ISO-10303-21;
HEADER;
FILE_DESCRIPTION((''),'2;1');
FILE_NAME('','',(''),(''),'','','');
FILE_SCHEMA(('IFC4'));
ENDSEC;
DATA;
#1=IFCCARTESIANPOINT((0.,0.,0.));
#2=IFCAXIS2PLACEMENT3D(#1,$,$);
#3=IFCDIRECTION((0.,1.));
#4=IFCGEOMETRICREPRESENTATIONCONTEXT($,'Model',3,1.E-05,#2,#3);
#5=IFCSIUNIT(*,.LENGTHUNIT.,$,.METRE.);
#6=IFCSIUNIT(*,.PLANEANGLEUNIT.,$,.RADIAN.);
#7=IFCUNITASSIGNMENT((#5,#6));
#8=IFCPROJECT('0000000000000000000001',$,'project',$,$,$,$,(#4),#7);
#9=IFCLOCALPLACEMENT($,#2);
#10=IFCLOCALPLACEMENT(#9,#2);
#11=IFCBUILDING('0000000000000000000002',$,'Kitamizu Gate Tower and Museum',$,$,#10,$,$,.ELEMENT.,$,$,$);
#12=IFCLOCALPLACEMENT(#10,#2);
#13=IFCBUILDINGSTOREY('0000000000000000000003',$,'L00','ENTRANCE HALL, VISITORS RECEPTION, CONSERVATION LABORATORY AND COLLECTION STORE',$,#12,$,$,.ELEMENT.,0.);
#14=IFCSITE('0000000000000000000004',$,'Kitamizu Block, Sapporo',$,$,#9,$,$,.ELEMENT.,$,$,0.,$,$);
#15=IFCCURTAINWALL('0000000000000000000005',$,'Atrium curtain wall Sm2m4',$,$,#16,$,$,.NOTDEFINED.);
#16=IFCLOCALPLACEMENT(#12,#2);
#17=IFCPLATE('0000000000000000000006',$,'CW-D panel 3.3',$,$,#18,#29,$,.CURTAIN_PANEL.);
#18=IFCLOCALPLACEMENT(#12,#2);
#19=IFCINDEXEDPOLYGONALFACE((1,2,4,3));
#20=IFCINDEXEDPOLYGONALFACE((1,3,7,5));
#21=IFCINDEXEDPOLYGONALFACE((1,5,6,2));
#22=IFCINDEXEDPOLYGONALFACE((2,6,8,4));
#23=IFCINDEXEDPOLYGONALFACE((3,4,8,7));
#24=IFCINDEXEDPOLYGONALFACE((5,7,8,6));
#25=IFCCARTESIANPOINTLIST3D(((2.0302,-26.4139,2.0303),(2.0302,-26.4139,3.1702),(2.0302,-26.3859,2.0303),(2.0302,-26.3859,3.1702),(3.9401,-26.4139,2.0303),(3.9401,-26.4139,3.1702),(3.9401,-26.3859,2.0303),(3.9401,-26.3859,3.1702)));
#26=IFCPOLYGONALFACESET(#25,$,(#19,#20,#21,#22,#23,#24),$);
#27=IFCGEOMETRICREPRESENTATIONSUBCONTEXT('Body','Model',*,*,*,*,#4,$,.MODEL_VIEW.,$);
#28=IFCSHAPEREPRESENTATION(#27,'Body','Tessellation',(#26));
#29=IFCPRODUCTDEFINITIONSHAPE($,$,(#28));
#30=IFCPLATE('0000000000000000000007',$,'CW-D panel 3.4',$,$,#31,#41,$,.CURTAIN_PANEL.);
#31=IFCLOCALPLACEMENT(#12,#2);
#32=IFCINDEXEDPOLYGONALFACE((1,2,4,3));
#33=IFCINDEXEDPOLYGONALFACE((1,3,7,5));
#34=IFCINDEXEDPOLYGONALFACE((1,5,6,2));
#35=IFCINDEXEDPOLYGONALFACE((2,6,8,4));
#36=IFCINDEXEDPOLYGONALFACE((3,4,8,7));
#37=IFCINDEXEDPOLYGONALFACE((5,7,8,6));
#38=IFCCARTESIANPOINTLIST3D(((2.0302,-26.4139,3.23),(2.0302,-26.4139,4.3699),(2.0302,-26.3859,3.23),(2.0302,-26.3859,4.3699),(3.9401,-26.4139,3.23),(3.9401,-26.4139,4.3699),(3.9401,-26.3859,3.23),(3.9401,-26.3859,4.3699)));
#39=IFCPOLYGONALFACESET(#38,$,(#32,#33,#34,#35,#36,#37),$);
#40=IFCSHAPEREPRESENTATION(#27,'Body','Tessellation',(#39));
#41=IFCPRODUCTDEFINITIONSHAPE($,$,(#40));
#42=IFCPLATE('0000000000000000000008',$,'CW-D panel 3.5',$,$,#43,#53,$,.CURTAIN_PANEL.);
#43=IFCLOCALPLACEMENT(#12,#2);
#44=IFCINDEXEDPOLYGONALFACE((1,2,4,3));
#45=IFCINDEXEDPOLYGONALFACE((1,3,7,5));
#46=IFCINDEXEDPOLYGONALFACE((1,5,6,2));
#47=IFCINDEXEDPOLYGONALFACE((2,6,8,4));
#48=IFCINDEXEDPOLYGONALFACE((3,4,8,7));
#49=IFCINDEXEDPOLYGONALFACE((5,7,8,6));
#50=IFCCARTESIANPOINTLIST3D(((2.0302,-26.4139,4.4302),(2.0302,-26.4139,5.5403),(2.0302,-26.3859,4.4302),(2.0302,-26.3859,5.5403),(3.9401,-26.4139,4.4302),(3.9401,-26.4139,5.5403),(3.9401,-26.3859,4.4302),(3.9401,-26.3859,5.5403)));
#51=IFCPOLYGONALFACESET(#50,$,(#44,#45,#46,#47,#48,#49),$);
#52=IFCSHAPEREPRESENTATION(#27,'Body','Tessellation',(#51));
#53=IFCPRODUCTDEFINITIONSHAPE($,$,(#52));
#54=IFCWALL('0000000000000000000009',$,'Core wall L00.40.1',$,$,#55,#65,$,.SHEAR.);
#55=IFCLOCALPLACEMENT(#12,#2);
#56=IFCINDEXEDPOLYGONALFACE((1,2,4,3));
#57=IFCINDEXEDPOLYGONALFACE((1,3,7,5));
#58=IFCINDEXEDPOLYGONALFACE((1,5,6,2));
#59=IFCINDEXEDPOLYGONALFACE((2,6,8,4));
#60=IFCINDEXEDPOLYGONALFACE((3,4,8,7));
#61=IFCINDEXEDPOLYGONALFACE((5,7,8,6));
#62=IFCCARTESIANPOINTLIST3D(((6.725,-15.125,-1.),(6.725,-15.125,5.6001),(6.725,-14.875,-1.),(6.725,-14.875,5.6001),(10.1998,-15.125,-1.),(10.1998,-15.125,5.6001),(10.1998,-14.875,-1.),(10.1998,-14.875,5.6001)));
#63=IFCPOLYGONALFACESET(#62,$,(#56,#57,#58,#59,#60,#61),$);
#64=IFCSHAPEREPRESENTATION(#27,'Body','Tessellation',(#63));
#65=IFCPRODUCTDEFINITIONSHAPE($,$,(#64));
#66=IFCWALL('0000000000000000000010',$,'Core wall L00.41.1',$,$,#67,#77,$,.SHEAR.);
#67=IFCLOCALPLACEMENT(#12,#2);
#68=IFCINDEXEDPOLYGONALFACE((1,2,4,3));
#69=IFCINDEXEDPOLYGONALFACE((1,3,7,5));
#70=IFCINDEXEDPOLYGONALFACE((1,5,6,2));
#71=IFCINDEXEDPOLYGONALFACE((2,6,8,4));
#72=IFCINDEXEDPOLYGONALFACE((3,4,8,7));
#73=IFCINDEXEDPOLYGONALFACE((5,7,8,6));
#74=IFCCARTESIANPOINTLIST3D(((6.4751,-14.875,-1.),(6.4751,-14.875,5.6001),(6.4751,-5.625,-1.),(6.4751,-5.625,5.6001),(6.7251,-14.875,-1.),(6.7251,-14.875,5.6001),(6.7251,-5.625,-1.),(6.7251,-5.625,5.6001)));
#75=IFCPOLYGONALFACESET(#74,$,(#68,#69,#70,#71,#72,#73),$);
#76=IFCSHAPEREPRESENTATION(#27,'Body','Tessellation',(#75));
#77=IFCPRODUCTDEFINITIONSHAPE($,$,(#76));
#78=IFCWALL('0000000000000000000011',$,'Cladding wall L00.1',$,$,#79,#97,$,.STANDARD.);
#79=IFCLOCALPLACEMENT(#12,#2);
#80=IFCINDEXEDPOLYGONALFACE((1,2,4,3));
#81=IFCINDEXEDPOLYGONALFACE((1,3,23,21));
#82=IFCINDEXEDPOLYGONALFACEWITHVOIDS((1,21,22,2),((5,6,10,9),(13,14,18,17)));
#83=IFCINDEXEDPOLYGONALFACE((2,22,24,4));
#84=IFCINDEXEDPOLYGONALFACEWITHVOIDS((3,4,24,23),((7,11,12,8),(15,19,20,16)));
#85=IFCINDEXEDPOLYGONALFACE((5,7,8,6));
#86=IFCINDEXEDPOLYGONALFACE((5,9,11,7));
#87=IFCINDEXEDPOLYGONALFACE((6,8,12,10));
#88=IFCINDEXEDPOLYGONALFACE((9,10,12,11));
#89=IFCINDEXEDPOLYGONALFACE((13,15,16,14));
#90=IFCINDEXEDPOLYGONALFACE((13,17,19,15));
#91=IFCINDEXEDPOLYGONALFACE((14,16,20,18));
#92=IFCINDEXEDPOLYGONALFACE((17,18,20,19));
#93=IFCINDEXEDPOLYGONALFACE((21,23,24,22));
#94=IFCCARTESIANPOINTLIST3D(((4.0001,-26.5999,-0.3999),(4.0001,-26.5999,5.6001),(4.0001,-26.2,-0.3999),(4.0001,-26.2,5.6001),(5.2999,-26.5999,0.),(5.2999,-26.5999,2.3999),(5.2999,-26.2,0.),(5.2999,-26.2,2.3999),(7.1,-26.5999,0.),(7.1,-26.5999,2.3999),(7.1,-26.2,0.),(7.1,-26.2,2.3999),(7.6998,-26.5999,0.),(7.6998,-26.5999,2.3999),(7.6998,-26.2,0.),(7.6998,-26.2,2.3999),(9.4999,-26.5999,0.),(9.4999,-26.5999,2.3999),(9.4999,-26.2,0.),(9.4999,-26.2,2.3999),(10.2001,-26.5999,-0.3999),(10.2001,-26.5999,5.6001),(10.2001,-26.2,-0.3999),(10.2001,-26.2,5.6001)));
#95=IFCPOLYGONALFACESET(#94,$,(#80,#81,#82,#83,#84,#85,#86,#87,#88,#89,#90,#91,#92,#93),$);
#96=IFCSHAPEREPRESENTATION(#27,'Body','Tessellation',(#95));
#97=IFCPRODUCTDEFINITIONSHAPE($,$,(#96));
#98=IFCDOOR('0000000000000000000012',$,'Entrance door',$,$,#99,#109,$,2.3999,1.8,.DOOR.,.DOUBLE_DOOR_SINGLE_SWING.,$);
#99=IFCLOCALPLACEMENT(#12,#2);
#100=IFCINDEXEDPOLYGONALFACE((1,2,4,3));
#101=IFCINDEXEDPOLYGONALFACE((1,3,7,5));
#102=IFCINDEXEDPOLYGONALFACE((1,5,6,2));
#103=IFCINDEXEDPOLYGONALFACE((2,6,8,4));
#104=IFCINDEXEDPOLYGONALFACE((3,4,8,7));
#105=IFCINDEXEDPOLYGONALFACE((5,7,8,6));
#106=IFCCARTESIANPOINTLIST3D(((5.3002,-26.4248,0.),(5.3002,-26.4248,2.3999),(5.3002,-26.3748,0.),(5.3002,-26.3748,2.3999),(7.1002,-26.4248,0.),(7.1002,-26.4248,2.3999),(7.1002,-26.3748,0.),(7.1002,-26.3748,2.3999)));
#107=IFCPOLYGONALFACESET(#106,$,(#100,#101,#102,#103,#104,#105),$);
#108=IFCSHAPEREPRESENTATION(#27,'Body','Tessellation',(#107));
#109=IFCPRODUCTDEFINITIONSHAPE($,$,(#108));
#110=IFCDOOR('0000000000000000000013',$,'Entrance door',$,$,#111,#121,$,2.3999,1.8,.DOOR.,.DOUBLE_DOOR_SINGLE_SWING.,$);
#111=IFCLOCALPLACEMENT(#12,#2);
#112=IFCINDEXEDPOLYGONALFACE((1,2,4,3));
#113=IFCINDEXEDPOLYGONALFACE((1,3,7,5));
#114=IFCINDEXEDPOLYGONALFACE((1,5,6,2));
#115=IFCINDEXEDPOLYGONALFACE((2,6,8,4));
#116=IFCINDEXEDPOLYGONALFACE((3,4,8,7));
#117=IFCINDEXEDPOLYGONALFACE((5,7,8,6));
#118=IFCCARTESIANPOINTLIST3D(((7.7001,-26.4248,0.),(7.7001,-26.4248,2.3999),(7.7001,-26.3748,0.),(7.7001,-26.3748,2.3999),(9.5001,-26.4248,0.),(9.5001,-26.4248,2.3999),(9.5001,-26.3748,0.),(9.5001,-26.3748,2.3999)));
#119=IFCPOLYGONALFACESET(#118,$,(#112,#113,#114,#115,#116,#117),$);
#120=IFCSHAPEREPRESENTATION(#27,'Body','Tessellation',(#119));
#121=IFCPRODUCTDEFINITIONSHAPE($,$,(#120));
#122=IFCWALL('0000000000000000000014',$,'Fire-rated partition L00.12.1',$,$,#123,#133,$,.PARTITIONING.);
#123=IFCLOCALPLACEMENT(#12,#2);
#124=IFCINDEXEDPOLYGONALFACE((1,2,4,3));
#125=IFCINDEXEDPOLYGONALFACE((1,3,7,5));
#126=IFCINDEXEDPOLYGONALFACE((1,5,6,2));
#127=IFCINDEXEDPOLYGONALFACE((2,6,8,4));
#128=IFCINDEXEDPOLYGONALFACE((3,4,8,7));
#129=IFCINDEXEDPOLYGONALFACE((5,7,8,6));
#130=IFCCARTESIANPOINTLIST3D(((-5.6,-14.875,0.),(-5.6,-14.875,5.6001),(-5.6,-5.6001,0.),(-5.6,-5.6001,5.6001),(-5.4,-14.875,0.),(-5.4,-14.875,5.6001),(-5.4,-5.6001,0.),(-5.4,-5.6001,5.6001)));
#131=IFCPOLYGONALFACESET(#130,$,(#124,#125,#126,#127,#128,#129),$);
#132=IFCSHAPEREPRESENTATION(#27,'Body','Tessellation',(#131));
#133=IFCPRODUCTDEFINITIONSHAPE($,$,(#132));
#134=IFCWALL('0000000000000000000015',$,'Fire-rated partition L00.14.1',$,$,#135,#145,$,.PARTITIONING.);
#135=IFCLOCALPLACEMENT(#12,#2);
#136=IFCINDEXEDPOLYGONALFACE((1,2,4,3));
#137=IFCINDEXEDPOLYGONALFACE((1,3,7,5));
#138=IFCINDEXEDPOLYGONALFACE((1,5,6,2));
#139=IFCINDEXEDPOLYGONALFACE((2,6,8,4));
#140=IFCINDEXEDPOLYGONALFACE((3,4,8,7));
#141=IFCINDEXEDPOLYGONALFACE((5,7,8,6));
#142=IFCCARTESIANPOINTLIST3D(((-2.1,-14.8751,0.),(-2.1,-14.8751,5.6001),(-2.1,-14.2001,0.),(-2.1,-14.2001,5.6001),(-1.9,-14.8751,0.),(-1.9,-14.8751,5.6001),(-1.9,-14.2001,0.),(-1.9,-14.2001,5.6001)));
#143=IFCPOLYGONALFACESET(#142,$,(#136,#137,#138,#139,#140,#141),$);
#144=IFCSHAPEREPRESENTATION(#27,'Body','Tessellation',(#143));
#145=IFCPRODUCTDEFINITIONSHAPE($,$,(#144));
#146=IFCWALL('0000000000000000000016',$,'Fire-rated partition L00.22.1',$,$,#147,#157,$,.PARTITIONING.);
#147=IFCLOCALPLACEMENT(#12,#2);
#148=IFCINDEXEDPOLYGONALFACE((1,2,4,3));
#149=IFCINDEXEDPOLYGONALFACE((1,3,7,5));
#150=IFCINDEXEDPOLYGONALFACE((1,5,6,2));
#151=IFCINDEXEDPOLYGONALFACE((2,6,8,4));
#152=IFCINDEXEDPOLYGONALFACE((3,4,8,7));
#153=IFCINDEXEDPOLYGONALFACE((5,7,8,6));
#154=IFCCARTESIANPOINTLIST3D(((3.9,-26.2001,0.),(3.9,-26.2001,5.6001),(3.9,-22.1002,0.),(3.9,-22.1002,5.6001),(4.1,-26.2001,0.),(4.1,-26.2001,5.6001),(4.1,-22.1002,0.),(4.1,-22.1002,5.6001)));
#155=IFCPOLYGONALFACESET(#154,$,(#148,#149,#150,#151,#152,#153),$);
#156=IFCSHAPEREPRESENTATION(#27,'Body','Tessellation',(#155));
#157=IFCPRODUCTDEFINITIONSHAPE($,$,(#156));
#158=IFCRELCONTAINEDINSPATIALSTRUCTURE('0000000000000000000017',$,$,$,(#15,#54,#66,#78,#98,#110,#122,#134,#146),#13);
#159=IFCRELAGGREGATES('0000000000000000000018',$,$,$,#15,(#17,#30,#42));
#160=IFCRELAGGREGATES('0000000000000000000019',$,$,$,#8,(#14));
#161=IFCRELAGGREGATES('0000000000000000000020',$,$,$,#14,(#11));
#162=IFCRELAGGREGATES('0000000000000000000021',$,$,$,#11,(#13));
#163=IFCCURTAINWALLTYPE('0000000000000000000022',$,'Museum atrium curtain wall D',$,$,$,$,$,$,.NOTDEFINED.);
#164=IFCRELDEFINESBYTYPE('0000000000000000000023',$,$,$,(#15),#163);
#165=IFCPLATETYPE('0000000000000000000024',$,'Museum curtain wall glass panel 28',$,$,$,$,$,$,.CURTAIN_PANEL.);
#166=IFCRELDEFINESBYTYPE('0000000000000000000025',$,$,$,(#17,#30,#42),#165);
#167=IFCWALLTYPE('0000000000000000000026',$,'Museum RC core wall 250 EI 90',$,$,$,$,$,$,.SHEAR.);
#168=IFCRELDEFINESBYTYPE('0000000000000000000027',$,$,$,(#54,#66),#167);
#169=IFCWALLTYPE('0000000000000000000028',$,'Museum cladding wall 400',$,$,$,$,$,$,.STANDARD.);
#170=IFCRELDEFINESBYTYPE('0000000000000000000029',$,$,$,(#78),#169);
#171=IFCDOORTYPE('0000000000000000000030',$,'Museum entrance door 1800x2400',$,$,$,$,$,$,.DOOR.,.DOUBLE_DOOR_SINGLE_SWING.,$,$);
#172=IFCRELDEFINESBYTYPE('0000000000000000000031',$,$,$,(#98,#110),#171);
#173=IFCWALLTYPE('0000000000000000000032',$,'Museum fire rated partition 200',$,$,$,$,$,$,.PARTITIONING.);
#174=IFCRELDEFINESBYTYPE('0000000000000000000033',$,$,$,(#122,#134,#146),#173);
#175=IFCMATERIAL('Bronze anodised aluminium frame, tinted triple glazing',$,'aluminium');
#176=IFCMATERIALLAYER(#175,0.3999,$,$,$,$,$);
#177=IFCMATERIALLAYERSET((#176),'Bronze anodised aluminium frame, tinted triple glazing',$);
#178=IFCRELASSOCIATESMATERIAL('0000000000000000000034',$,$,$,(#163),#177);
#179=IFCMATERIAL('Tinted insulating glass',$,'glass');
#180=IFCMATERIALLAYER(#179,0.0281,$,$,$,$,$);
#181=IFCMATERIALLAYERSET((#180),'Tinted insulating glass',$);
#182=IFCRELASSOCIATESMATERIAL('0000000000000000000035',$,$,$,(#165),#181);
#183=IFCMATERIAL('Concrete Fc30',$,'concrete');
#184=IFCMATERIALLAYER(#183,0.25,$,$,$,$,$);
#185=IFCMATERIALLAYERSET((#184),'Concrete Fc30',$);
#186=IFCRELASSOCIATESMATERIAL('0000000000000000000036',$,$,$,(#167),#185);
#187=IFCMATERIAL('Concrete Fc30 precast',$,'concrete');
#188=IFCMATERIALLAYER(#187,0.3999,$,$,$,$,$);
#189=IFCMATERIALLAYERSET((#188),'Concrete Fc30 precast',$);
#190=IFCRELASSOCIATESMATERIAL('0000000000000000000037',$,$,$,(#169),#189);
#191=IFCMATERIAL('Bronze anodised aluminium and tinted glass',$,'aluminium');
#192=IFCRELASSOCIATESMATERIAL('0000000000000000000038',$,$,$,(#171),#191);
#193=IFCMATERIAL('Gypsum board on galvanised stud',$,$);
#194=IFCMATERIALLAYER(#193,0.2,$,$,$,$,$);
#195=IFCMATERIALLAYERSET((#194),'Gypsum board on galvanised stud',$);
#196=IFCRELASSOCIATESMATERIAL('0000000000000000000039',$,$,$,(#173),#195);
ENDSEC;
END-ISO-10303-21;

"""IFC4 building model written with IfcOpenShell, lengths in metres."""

from ifc_helpers import new_model, si_unit, direction, frame, frame_2d, origin, origin_2d, place, context, subcontext, project, spatial, rectangle, extrude, material, layer, layer_set, type_object, element, fill, aggregate, save


model = new_model("IFC4")

# Units and contexts
model_context = context("Model", 3, precision=1e-05, world=origin(), true_north=direction((0.0, 1.0)))
body_context = subcontext(model_context, "Body", "Model", "MODEL_VIEW")
ifc_project = project(units=[si_unit("LENGTHUNIT", "METRE"), si_unit("PLANEANGLEUNIT", "RADIAN")], contexts=[model_context])

# Site, building, storey
site_placement = place(None, origin())
site = spatial("IfcSite", under=ifc_project, at=site_placement, Name="Kitamizu Block, Sapporo", CompositionType="ELEMENT", RefElevation=0.0)
building_placement = place(site_placement, origin())
building = spatial("IfcBuilding", under=site, at=building_placement, Name="Kitamizu Gate Tower and Museum", CompositionType="ELEMENT")
storey_placement = place(building_placement, origin())
storey = spatial("IfcBuildingStorey", under=building, at=storey_placement, Name="L00", Description="ENTRANCE HALL, VISITORS RECEPTION, CONSERVATION LABORATORY AND COLLECTION STORE", CompositionType="ELEMENT", Elevation=0.0)

# Curtain wall, plates
ifc_material_1 = material(Name="Bronze anodised aluminium frame, tinted triple glazing", Category="aluminium")
ifc_layer_1 = layer(ifc_material_1, 0.3999)
ifc_layer_set_1 = layer_set([ifc_layer_1], Name="Bronze anodised aluminium frame, tinted triple glazing")
curtain_wall_type = type_object("IfcCurtainWallType", Name="Museum atrium curtain wall D", PredefinedType="NOTDEFINED", material=ifc_layer_set_1)
curtain_wall_placement = place(storey_placement, origin())
curtain_wall = element("IfcCurtainWall", 1, at=curtain_wall_placement, inside=storey, type_object=curtain_wall_type, Name="Atrium curtain wall Sm2m4", PredefinedType="NOTDEFINED")
ifc_material_2 = material(Name="Tinted insulating glass", Category="glass")
ifc_layer_2 = layer(ifc_material_2, 0.0281)
ifc_layer_set_2 = layer_set([ifc_layer_2], Name="Tinted insulating glass")
plate_type = type_object("IfcPlateType", Name="Museum curtain wall glass panel 28", PredefinedType="CURTAIN_PANEL", material=ifc_layer_set_2)
plate_1_placement = place(storey_placement, frame((2.9851, -26.3999, 2.0303), z_axis=(0.0, 0.0, 1.0), x_axis=(1.0, 0.0, 0.0)))
plate_1 = element("IfcPlate", 2, at=plate_1_placement, type_object=plate_type, Name="CW-D panel 3.3", PredefinedType="CURTAIN_PANEL", context=body_context, shape_type="SweptSolid", body=[
    extrude(rectangle(XDim=1.9099, YDim=0.0281, at=origin_2d()), origin(), (0.0, 0.0, 1.0), 1.1399),
])
plate_2_placement = place(storey_placement, frame((2.9851, -26.3999, 3.23), z_axis=(0.0, 0.0, 1.0), x_axis=(1.0, 0.0, 0.0)))
plate_2 = element("IfcPlate", 3, at=plate_2_placement, type_object=plate_type, Name="CW-D panel 3.4", PredefinedType="CURTAIN_PANEL", context=body_context, shape_type="SweptSolid", body=[
    extrude(rectangle(XDim=1.9099, YDim=0.0281, at=origin_2d()), origin(), (0.0, 0.0, 1.0), 1.1399),
])
plate_3_placement = place(storey_placement, frame((2.9851, -26.3999, 4.4302), z_axis=(0.0, 0.0, 1.0), x_axis=(1.0, 0.0, 0.0)))
plate_3 = element("IfcPlate", 4, at=plate_3_placement, type_object=plate_type, Name="CW-D panel 3.5", PredefinedType="CURTAIN_PANEL", context=body_context, shape_type="SweptSolid", body=[
    extrude(rectangle(XDim=1.9099, YDim=0.0281, at=origin_2d()), origin(), (0.0, 0.0, 1.0), 1.1101),
])
aggregate(curtain_wall, [plate_1, plate_2, plate_3])

# Walls
ifc_material_3 = material(Name="Concrete Fc30", Category="concrete")
ifc_layer_3 = layer(ifc_material_3, 0.25)
ifc_layer_set_3 = layer_set([ifc_layer_3], Name="Concrete Fc30")
wall_type_1 = type_object("IfcWallType", Name="Museum RC core wall 250 EI 90", PredefinedType="SHEAR", material=ifc_layer_set_3)
wall_1_placement = place(storey_placement, frame((6.7251, -15.0, -1.0), z_axis=(0.0, 0.0, 1.0), x_axis=(1.0, 0.0, 0.0)))
element("IfcWall", 5, at=wall_1_placement, inside=storey, type_object=wall_type_1, Name="Core wall L00.40.1", PredefinedType="SHEAR", context=body_context, shape_type="SweptSolid", body=[
    extrude(rectangle(XDim=3.4749, YDim=0.25, at=frame_2d((1.7373, 0.0))), origin(), (0.0, 0.0, 1.0), 6.6001),
])
wall_2_placement = place(storey_placement, frame((6.6001, -14.875, -1.0), z_axis=(0.0, 0.0, 1.0), x_axis=(0.0, 1.0, 0.0)))
element("IfcWall", 6, at=wall_2_placement, inside=storey, type_object=wall_type_1, Name="Core wall L00.41.1", PredefinedType="SHEAR", context=body_context, shape_type="SweptSolid", body=[
    extrude(rectangle(XDim=9.25, YDim=0.25, at=frame_2d((4.625, 0.0))), origin(), (0.0, 0.0, 1.0), 6.6001),
])

# Wall, openings, doors
ifc_material_4 = material(Name="Concrete Fc30 precast", Category="concrete")
ifc_layer_4 = layer(ifc_material_4, 0.3999)
ifc_layer_set_4 = layer_set([ifc_layer_4], Name="Concrete Fc30 precast")
wall_type_2 = type_object("IfcWallType", Name="Museum cladding wall 400", PredefinedType="STANDARD", material=ifc_layer_set_4)
wall_3_placement = place(storey_placement, frame((4.0, -26.3999, -0.3999), z_axis=(0.0, 0.0, 1.0), x_axis=(1.0, 0.0, 0.0)))
wall_3 = element("IfcWall", 7, at=wall_3_placement, inside=storey, type_object=wall_type_2, Name="Cladding wall L00.1", PredefinedType="STANDARD", context=body_context, shape_type="SweptSolid", body=[
    extrude(rectangle(XDim=6.2, YDim=0.3999, at=frame_2d((3.1001, 0.0))), origin(), (0.0, 0.0, 1.0), 6.0),
])
opening_1_placement = place(wall_3_placement, frame((1.3, 0.0, 0.3999)))
opening_1 = element("IfcOpeningElement", 8, at=opening_1_placement, cuts=wall_3, PredefinedType="OPENING", context=body_context, shape_type="SweptSolid", body=[
    extrude(rectangle(XDim=1.8, YDim=2.3999, at=frame_2d((0.8999, 1.2))), frame((0.0, 0.21, 0.0), z_axis=(0.0, -1.0, 0.0), x_axis=(1.0, 0.0, 0.0)), (0.0, 0.0, 1.0), 0.4199),
])
opening_2_placement = place(wall_3_placement, frame((3.7, 0.0, 0.3999)))
opening_2 = element("IfcOpeningElement", 9, at=opening_2_placement, cuts=wall_3, PredefinedType="OPENING", context=body_context, shape_type="SweptSolid", body=[
    extrude(rectangle(XDim=1.8, YDim=2.3999, at=frame_2d((0.8999, 1.2))), frame((0.0, 0.21, 0.0), z_axis=(0.0, -1.0, 0.0), x_axis=(1.0, 0.0, 0.0)), (0.0, 0.0, 1.0), 0.4199),
])
ifc_material_5 = material(Name="Bronze anodised aluminium and tinted glass", Category="aluminium")
door_type_1 = type_object("IfcDoorType", Name="Museum entrance door 1800x2400", OperationType="DOUBLE_DOOR_SINGLE_SWING", PredefinedType="DOOR", material=ifc_material_5)
door_1_placement = place(opening_1_placement, frame((1.8, 0.0, 0.0), x_axis=(-1.0, 0.0, 0.0)))
door_1 = element("IfcDoor", 10, at=door_1_placement, inside=storey, type_object=door_type_1, Name="Entrance door", OperationType="DOUBLE_DOOR_SINGLE_SWING", OverallHeight=2.3999, OverallWidth=1.8, PredefinedType="DOOR", context=body_context, shape_type="SweptSolid", body=[
    extrude(rectangle(XDim=1.8, YDim=2.3999, at=frame_2d((0.8999, 1.2))), frame((0.0, 0.0249, 0.0), z_axis=(0.0, -1.0, 0.0), x_axis=(1.0, 0.0, 0.0)), (0.0, 0.0, 1.0), 0.05),
])
fill(opening_1, door_1)
door_2_placement = place(opening_2_placement, frame((1.8, 0.0, 0.0), x_axis=(-1.0, 0.0, 0.0)))
door_2 = element("IfcDoor", 11, at=door_2_placement, inside=storey, type_object=door_type_1, Name="Entrance door", OperationType="DOUBLE_DOOR_SINGLE_SWING", OverallHeight=2.3999, OverallWidth=1.8, PredefinedType="DOOR", context=body_context, shape_type="SweptSolid", body=[
    extrude(rectangle(XDim=1.8, YDim=2.3999, at=frame_2d((0.8999, 1.2))), frame((0.0, 0.0249, 0.0), z_axis=(0.0, -1.0, 0.0), x_axis=(1.0, 0.0, 0.0)), (0.0, 0.0, 1.0), 0.05),
])
fill(opening_2, door_2)

# Walls
ifc_material_6 = material(Name="Gypsum board on galvanised stud")
ifc_layer_5 = layer(ifc_material_6, 0.2)
ifc_layer_set_5 = layer_set([ifc_layer_5], Name="Gypsum board on galvanised stud")
wall_type_3 = type_object("IfcWallType", Name="Museum fire rated partition 200", PredefinedType="PARTITIONING", material=ifc_layer_set_5)
wall_4_placement = place(storey_placement, frame((-5.5, -14.875, 0.0), z_axis=(0.0, 0.0, 1.0), x_axis=(0.0, 1.0, 0.0)))
element("IfcWall", 12, at=wall_4_placement, inside=storey, type_object=wall_type_3, Name="Fire-rated partition L00.12.1", PredefinedType="PARTITIONING", context=body_context, shape_type="SweptSolid", body=[
    extrude(rectangle(XDim=9.2749, YDim=0.2, at=frame_2d((4.6375, 0.0))), origin(), (0.0, 0.0, 1.0), 5.6001),
])
wall_5_placement = place(storey_placement, frame((-2.0, -14.875, 0.0), z_axis=(0.0, 0.0, 1.0), x_axis=(0.0, 1.0, 0.0)))
element("IfcWall", 13, at=wall_5_placement, inside=storey, type_object=wall_type_3, Name="Fire-rated partition L00.14.1", PredefinedType="PARTITIONING", context=body_context, shape_type="SweptSolid", body=[
    extrude(rectangle(XDim=0.675, YDim=0.2, at=frame_2d((0.3374, 0.0))), origin(), (0.0, 0.0, 1.0), 5.6001),
])
wall_6_placement = place(storey_placement, frame((4.0, -26.2, 0.0), z_axis=(0.0, 0.0, 1.0), x_axis=(0.0, 1.0, 0.0)))
element("IfcWall", 14, at=wall_6_placement, inside=storey, type_object=wall_type_3, Name="Fire-rated partition L00.22.1", PredefinedType="PARTITIONING", context=body_context, shape_type="SweptSolid", body=[
    extrude(rectangle(XDim=4.0999, YDim=0.2, at=frame_2d((2.0498, 0.0))), origin(), (0.0, 0.0, 1.0), 5.6001),
])

save(model, "model.ifc")
